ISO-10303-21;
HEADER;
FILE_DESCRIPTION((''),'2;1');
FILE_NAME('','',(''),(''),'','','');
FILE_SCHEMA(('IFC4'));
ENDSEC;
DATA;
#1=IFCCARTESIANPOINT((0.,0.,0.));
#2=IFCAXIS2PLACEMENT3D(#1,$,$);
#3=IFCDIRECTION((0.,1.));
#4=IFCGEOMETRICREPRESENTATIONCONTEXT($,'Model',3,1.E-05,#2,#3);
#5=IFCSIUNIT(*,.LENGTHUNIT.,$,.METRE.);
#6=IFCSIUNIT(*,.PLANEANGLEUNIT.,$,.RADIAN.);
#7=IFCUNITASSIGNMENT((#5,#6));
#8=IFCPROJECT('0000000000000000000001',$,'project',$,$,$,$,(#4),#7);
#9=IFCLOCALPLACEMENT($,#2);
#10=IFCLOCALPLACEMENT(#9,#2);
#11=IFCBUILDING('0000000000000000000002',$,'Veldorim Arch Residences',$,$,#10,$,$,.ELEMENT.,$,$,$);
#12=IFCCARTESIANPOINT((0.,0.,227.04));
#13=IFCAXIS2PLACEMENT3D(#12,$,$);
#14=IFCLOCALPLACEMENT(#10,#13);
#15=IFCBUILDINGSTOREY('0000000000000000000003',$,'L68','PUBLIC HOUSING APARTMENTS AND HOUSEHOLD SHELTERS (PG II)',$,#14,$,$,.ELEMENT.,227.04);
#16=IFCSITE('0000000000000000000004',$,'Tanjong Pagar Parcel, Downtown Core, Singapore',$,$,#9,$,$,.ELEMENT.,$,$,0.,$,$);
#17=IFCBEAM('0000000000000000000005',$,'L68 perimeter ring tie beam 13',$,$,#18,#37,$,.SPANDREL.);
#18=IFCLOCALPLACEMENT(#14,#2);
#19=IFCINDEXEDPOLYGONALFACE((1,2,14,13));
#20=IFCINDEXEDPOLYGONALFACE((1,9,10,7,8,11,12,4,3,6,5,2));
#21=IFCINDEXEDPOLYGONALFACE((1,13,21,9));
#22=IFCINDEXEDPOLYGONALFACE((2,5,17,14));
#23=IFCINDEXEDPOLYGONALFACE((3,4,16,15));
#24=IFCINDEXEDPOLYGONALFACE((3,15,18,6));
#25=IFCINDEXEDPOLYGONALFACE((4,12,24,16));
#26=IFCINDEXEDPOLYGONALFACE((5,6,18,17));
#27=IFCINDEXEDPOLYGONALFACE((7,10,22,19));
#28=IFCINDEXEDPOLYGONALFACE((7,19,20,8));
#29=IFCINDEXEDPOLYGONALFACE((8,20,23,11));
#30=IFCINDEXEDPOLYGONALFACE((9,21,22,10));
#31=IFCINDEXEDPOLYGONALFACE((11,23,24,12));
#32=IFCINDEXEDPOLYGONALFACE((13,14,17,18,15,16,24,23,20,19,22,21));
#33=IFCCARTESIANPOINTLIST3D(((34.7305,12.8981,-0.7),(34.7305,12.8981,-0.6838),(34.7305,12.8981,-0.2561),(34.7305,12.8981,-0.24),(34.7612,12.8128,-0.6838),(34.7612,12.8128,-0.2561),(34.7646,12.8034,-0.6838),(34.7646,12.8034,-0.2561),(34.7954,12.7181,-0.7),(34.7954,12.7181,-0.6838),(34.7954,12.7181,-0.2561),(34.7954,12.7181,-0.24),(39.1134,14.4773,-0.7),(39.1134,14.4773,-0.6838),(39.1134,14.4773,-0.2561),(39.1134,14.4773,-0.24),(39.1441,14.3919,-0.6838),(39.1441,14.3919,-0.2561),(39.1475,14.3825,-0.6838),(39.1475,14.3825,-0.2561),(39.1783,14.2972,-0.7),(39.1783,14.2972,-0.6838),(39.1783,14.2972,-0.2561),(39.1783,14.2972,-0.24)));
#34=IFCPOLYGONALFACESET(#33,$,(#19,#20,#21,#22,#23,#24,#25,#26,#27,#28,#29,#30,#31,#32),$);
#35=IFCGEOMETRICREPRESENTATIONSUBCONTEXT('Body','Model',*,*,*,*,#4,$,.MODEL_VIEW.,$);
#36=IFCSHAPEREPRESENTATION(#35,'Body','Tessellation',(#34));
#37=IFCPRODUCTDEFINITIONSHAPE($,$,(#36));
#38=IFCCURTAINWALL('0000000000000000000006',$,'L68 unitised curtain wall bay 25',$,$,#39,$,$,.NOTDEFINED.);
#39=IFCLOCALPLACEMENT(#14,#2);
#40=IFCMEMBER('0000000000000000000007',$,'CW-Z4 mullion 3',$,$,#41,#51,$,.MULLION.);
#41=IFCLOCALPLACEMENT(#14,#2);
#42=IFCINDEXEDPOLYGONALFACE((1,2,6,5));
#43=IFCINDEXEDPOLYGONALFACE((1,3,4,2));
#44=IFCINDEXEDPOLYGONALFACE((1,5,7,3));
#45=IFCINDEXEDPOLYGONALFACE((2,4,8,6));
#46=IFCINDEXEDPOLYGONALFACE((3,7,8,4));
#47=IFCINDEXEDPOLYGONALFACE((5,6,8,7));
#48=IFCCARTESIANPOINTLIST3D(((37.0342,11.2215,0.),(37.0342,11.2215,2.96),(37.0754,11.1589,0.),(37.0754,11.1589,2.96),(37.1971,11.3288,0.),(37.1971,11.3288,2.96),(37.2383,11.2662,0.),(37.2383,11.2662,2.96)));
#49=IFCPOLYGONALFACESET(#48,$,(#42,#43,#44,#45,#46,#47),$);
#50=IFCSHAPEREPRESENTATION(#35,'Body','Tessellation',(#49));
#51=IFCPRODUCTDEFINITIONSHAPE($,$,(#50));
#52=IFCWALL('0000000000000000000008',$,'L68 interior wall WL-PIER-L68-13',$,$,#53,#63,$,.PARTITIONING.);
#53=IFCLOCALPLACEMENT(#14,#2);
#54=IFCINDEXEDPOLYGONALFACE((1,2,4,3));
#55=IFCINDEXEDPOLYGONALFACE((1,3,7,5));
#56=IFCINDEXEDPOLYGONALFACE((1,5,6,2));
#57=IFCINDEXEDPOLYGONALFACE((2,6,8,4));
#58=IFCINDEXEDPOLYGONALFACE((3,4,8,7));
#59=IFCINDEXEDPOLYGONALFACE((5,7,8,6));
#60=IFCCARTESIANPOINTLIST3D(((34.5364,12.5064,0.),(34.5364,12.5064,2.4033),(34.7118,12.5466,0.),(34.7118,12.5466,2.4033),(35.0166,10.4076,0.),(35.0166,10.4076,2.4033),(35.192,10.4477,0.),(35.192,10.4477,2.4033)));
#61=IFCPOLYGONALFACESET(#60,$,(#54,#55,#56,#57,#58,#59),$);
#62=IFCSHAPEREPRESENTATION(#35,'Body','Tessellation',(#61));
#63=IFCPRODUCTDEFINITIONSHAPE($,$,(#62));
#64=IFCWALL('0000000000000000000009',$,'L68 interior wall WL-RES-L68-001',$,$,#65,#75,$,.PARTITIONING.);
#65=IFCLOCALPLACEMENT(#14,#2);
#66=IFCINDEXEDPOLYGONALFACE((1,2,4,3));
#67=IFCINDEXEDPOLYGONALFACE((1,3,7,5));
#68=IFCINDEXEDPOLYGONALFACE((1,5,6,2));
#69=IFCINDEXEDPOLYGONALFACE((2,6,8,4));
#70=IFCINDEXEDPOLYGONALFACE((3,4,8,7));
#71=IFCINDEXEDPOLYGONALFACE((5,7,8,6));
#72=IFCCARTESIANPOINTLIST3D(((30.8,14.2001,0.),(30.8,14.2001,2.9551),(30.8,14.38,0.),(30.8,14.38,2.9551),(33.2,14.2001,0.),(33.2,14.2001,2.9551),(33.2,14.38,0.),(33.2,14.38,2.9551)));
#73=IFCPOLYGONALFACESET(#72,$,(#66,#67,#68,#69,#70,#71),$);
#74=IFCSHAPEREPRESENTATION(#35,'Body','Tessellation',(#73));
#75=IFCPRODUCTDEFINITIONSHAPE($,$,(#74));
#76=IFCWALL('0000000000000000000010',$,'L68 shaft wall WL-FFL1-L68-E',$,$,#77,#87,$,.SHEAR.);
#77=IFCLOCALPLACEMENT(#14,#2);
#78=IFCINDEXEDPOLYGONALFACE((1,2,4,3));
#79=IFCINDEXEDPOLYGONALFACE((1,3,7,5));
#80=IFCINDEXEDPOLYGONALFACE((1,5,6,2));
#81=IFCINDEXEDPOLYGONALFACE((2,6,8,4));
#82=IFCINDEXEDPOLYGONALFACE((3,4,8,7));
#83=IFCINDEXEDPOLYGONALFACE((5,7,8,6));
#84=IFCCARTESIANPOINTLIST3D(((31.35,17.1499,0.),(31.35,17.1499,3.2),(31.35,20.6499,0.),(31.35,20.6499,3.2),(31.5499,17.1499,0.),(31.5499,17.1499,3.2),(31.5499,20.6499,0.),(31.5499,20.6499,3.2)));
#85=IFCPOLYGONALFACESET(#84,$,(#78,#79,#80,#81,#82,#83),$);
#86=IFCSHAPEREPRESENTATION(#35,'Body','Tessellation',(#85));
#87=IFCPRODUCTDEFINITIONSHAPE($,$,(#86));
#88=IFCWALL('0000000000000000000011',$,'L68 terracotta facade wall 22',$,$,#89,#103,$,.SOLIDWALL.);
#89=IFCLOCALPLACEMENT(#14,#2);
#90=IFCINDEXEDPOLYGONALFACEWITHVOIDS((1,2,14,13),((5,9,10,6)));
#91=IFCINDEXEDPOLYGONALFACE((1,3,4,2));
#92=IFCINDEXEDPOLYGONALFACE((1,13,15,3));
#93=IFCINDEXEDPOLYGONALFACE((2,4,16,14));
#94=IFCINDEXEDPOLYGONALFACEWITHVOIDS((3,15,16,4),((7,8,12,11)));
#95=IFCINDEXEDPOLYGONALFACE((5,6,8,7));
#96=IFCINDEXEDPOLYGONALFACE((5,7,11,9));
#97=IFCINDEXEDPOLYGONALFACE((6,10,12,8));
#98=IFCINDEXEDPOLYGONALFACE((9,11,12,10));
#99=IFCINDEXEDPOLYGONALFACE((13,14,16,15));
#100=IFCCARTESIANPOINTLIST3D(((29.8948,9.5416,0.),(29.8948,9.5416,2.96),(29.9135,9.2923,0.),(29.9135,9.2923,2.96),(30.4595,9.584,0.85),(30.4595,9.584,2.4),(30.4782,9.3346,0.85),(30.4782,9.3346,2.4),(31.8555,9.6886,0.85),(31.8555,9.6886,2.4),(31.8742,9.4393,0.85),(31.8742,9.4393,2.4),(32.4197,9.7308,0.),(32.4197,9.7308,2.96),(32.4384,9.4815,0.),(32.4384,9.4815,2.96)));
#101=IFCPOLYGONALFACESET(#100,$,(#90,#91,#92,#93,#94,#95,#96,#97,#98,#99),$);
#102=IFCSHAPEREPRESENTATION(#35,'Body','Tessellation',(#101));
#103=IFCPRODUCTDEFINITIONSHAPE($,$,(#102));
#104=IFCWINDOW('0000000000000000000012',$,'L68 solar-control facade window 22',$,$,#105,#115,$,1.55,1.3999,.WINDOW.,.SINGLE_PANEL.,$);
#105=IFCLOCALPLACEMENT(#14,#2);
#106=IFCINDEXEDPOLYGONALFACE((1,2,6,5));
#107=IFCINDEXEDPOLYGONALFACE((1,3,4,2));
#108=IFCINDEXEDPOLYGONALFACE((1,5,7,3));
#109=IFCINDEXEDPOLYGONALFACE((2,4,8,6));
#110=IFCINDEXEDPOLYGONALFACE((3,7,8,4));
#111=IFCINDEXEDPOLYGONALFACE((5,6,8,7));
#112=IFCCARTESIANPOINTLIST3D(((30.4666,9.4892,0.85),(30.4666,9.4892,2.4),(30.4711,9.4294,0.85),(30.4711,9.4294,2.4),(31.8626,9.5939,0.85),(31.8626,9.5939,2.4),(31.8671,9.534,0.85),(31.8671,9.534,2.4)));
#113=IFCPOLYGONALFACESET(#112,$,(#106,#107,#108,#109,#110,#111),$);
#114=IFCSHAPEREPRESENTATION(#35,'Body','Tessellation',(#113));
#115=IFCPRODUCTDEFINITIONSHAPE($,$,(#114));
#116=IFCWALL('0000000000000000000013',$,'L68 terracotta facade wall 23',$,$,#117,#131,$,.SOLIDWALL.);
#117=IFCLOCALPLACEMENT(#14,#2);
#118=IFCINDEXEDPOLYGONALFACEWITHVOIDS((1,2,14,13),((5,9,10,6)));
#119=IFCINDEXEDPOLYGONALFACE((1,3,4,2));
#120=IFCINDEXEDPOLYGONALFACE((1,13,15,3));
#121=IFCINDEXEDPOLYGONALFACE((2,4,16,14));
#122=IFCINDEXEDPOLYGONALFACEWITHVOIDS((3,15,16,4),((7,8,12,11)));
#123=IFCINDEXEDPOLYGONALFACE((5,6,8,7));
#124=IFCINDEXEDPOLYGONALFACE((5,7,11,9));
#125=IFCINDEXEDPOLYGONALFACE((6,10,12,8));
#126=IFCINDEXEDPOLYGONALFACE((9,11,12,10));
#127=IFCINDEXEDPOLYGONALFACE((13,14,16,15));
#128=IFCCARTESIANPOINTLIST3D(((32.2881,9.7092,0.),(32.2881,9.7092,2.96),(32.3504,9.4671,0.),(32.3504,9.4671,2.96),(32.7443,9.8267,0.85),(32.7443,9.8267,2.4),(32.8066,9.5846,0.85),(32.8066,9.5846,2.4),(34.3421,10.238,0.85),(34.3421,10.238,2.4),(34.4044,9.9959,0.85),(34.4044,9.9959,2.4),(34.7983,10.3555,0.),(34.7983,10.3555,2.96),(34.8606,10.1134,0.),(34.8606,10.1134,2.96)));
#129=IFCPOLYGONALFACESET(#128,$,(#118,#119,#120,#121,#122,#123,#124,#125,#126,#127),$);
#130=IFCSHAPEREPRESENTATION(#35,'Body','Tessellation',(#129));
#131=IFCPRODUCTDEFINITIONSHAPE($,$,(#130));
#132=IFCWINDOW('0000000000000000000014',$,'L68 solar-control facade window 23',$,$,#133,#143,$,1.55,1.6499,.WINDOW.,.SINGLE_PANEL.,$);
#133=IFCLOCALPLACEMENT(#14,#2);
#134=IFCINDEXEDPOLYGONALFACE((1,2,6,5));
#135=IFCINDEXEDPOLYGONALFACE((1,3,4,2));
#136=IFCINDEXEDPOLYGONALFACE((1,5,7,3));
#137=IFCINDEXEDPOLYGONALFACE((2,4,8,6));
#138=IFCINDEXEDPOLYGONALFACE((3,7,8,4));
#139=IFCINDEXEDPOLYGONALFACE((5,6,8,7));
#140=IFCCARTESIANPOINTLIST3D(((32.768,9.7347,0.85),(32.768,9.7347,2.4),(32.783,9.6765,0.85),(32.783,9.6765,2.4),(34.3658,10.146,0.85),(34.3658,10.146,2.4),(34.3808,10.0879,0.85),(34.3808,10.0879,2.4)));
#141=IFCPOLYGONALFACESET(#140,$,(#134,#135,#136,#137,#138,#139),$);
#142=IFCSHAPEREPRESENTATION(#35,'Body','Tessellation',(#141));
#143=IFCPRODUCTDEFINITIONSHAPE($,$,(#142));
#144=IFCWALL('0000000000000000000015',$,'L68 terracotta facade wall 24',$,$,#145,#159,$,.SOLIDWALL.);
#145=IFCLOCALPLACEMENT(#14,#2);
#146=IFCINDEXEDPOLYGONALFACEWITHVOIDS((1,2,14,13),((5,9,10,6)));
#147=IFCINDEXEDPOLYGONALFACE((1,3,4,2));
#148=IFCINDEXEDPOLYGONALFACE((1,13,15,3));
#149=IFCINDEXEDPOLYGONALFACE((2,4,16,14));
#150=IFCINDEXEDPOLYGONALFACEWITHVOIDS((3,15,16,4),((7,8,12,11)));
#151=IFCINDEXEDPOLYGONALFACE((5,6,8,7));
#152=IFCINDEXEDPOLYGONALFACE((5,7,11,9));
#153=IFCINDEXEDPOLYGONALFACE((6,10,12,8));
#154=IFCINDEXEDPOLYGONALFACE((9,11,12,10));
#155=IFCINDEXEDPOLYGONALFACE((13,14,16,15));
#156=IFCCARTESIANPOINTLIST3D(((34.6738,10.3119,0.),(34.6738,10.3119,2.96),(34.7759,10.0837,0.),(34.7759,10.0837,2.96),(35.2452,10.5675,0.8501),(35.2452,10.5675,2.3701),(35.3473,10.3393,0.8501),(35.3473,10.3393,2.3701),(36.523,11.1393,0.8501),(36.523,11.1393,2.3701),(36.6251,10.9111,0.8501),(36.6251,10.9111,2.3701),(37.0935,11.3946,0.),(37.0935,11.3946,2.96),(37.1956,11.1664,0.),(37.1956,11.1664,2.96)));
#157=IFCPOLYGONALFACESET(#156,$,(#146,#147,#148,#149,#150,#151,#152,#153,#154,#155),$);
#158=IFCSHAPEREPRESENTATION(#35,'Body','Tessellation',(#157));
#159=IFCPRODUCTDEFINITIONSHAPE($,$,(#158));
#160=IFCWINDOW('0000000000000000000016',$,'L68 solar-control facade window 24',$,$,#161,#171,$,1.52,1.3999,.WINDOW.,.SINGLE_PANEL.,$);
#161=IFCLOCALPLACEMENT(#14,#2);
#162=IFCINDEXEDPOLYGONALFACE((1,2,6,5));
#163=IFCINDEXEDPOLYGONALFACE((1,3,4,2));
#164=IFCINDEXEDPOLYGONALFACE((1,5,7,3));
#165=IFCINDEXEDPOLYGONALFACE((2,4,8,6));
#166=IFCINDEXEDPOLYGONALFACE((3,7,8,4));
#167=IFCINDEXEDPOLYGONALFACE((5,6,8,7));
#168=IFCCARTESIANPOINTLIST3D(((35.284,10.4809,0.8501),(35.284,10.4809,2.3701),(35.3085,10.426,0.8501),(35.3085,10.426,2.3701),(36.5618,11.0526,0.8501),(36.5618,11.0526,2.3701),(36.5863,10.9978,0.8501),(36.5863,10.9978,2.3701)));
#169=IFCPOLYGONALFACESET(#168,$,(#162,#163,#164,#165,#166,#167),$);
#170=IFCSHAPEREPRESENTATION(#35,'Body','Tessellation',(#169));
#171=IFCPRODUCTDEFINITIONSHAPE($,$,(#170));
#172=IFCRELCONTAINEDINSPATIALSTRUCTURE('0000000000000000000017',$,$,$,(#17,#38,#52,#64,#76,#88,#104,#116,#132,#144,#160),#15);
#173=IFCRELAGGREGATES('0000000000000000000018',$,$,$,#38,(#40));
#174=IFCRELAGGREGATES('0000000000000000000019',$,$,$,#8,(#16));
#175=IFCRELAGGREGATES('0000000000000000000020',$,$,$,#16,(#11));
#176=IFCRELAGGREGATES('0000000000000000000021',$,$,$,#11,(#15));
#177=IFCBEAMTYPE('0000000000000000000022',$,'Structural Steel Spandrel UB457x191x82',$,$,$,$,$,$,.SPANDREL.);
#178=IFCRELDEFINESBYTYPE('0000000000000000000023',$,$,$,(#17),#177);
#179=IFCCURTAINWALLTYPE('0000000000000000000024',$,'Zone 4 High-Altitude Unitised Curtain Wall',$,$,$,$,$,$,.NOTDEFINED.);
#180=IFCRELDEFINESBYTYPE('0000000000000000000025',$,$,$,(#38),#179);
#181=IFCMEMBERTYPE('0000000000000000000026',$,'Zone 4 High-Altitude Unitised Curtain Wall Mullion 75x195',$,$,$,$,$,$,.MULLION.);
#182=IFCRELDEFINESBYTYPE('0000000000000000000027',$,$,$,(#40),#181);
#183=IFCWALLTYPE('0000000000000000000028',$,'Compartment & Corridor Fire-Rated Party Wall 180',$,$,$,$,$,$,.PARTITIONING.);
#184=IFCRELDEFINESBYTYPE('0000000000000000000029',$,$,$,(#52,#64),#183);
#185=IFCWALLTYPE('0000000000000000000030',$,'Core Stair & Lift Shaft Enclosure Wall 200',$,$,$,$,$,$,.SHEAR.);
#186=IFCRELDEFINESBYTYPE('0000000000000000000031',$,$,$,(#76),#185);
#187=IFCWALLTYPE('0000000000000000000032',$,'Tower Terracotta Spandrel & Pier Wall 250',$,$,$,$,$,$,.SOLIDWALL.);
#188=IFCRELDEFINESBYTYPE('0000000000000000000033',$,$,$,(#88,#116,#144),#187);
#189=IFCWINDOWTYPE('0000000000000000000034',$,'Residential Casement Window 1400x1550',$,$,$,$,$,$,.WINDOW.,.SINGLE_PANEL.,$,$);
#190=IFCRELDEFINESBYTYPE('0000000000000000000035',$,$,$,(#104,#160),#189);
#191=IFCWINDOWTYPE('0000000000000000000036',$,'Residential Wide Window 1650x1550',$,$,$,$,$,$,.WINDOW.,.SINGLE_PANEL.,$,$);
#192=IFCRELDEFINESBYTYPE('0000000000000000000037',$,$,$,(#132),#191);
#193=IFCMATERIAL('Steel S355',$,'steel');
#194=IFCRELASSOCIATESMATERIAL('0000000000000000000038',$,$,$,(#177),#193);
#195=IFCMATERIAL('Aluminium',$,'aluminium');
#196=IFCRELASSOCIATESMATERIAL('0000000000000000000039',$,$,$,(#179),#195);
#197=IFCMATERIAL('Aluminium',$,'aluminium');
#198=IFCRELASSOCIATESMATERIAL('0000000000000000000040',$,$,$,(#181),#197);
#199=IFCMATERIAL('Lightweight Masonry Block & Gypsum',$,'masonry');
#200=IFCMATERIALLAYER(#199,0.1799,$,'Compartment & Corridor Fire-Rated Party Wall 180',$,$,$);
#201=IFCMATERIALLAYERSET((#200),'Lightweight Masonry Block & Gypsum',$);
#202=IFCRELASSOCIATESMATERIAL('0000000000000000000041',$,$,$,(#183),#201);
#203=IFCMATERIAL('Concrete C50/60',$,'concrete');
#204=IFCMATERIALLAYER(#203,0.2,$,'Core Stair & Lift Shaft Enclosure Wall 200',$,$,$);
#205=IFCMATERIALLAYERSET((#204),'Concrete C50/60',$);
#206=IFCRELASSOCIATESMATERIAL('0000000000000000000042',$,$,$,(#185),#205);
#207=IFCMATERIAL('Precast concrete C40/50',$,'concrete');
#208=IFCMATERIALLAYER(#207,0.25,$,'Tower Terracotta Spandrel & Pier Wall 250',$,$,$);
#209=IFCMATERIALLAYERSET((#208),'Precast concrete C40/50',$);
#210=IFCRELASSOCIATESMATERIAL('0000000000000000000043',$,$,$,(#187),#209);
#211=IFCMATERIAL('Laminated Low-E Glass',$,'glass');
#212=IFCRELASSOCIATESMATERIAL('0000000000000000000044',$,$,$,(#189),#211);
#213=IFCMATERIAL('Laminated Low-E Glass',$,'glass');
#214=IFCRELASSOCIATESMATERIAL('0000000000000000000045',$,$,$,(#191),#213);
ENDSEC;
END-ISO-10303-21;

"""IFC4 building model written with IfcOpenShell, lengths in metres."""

from ifc_helpers import new_model, si_unit, direction, frame, frame_2d, origin, origin_2d, place, context, subcontext, project, spatial, rectangle, i_section, extrude, material, layer, layer_set, material_profile, profile_set, type_object, element, fill, aggregate, save


model = new_model("IFC4")

# Units and contexts
model_context = context("Model", 3, precision=1e-05, world=origin(), true_north=direction((0.0, 1.0)))
body_context = subcontext(model_context, "Body", "Model", "MODEL_VIEW")
ifc_project = project(units=[si_unit("LENGTHUNIT", "METRE"), si_unit("PLANEANGLEUNIT", "RADIAN")], contexts=[model_context])

# Site, building, storey
site_placement = place(None, origin())
site = spatial("IfcSite", under=ifc_project, at=site_placement, Name="Tanjong Pagar Parcel, Downtown Core, Singapore", CompositionType="ELEMENT", RefElevation=0.0)
building_placement = place(site_placement, origin())
building = spatial("IfcBuilding", under=site, at=building_placement, Name="Veldorim Arch Residences", CompositionType="ELEMENT")
storey_placement = place(building_placement, frame((0.0, 0.0, 227.04)))
storey = spatial("IfcBuildingStorey", under=building, at=storey_placement, Name="L68", Description="PUBLIC HOUSING APARTMENTS AND HOUSEHOLD SHELTERS (PG II)", CompositionType="ELEMENT", Elevation=227.04)

# Beam
ifc_material_1 = material(Name="Steel S355", Category="steel")
ifc_material_profile_1 = material_profile(ifc_material_1, i_section(OverallWidth=0.1914, OverallDepth=0.46, WebThickness=0.01, FlangeThickness=0.0161, at=origin_2d()), Name="UB457x191x82")
ifc_profile_set_1 = profile_set([ifc_material_profile_1], Name="Steel S355")
beam_type_1 = type_object("IfcBeamType", Name="Structural Steel Spandrel UB457x191x82", PredefinedType="SPANDREL", material=ifc_profile_set_1)
beam_1_placement = place(storey_placement, frame((34.7629, 12.8081, -0.47), z_axis=(0.940799, 0.338964, 0.0), x_axis=(-0.338964, 0.940799, 0.0)))
element("IfcBeam", 1, at=beam_1_placement, inside=storey, type_object=beam_type_1, Name="L68 perimeter ring tie beam 13", PredefinedType="SPANDREL", context=body_context, shape_type="SweptSolid", body=[
    extrude(i_section(OverallWidth=0.1914, OverallDepth=0.46, WebThickness=0.01, FlangeThickness=0.0161, at=origin_2d()), origin(), (0.0, 0.0, 1.0), 4.6587),
])

# Curtain wall, member
ifc_material_2 = material(Name="Aluminium", Category="aluminium")
curtain_wall_type = type_object("IfcCurtainWallType", Name="Zone 4 High-Altitude Unitised Curtain Wall", PredefinedType="NOTDEFINED", material=ifc_material_2)
curtain_wall_placement = place(storey_placement, origin())
curtain_wall = element("IfcCurtainWall", 2, at=curtain_wall_placement, inside=storey, type_object=curtain_wall_type, Name="L68 unitised curtain wall bay 25", PredefinedType="NOTDEFINED")
ifc_material_3 = material(Name="Aluminium", Category="aluminium")
ifc_material_profile_2 = material_profile(ifc_material_3, rectangle(XDim=0.075, YDim=0.1951, at=origin_2d()), Name="ALU_MUL_75x195")
ifc_profile_set_2 = profile_set([ifc_material_profile_2], Name="Aluminium")
member_type = type_object("IfcMemberType", Name="Zone 4 High-Altitude Unitised Curtain Wall Mullion 75x195", PredefinedType="MULLION", material=ifc_profile_set_2)
member_placement = place(storey_placement, frame((37.1362, 11.2439, 0.0), z_axis=(0.0, 0.0, 1.0), x_axis=(0.550062, -0.835124, 0.0)))
member = element("IfcMember", 3, at=member_placement, type_object=member_type, Name="CW-Z4 mullion 3", PredefinedType="MULLION", context=body_context, shape_type="SweptSolid", body=[
    extrude(rectangle(XDim=0.075, YDim=0.1951, at=origin_2d()), origin(), (0.0, 0.0, 1.0), 2.96),
])
aggregate(curtain_wall, [member])

# Walls
ifc_material_4 = material(Name="Lightweight Masonry Block & Gypsum", Category="masonry")
ifc_layer_1 = layer(ifc_material_4, 0.1799, Name="Compartment & Corridor Fire-Rated Party Wall 180")
ifc_layer_set_1 = layer_set([ifc_layer_1], Name="Lightweight Masonry Block & Gypsum")
wall_type_1 = type_object("IfcWallType", Name="Compartment & Corridor Fire-Rated Party Wall 180", PredefinedType="PARTITIONING", material=ifc_layer_set_1)
wall_1_placement = place(storey_placement, frame((34.624, 12.5266, 0.0), z_axis=(0.0, 0.0, 1.0), x_axis=(0.223037, -0.97481, 0.0)))
element("IfcWall", 4, at=wall_1_placement, inside=storey, type_object=wall_type_1, Name="L68 interior wall WL-PIER-L68-13", PredefinedType="PARTITIONING", context=body_context, shape_type="SweptSolid", body=[
    extrude(rectangle(XDim=2.1531, YDim=0.1799, at=frame_2d((1.0767, 0.0))), origin(), (0.0, 0.0, 1.0), 2.4033),
])
wall_2_placement = place(storey_placement, frame((33.2, 14.29, 0.0), z_axis=(0.0, 0.0, 1.0), x_axis=(-1.0, 0.0, 0.0)))
element("IfcWall", 5, at=wall_2_placement, inside=storey, type_object=wall_type_1, Name="L68 interior wall WL-RES-L68-001", PredefinedType="PARTITIONING", context=body_context, shape_type="SweptSolid", body=[
    extrude(rectangle(XDim=2.3999, YDim=0.1799, at=frame_2d((1.2, 0.0))), origin(), (0.0, 0.0, 1.0), 2.9551),
])
ifc_material_5 = material(Name="Concrete C50/60", Category="concrete")
ifc_layer_2 = layer(ifc_material_5, 0.2, Name="Core Stair & Lift Shaft Enclosure Wall 200")
ifc_layer_set_2 = layer_set([ifc_layer_2], Name="Concrete C50/60")
wall_type_2 = type_object("IfcWallType", Name="Core Stair & Lift Shaft Enclosure Wall 200", PredefinedType="SHEAR", material=ifc_layer_set_2)
wall_3_placement = place(storey_placement, frame((31.45, 17.1499, 0.0), z_axis=(0.0, 0.0, 1.0), x_axis=(0.0, 1.0, 0.0)))
element("IfcWall", 6, at=wall_3_placement, inside=storey, type_object=wall_type_2, Name="L68 shaft wall WL-FFL1-L68-E", PredefinedType="SHEAR", context=body_context, shape_type="SweptSolid", body=[
    extrude(rectangle(XDim=3.5, YDim=0.2, at=frame_2d((1.75, 0.0))), origin(), (0.0, 0.0, 1.0), 3.2),
])

# Walls, openings, windows
ifc_material_6 = material(Name="Precast concrete C40/50", Category="concrete")
ifc_layer_3 = layer(ifc_material_6, 0.25, Name="Tower Terracotta Spandrel & Pier Wall 250")
ifc_layer_set_3 = layer_set([ifc_layer_3], Name="Precast concrete C40/50")
wall_type_3 = type_object("IfcWallType", Name="Tower Terracotta Spandrel & Pier Wall 250", PredefinedType="SOLIDWALL", material=ifc_layer_set_3)
wall_4_placement = place(storey_placement, frame((32.4292, 9.6062, 0.0), z_axis=(0.0, 0.0, 1.0), x_axis=(-0.997204, -0.074728, 0.0)))
wall_4 = element("IfcWall", 7, at=wall_4_placement, inside=storey, type_object=wall_type_3, Name="L68 terracotta facade wall 22", PredefinedType="SOLIDWALL", context=body_context, shape_type="SweptSolid", body=[
    extrude(rectangle(XDim=2.532, YDim=0.25, at=frame_2d((1.2661, 0.0))), origin(), (0.0, 0.0, 1.0), 2.96),
])
opening_1_placement = place(wall_4_placement, frame((0.5659, 0.0, 0.8501)))
opening_1 = element("IfcOpeningElement", 8, at=opening_1_placement, cuts=wall_4, PredefinedType="OPENING", context=body_context, shape_type="SweptSolid", body=[
    extrude(rectangle(XDim=1.3999, YDim=1.55, at=frame_2d((0.7, 0.7749))), frame((0.0, 0.135, 0.0), z_axis=(0.0, -1.0, 0.0), x_axis=(1.0, 0.0, 0.0)), (0.0, 0.0, 1.0), 0.27),
])
ifc_material_7 = material(Name="Laminated Low-E Glass", Category="glass")
window_type_1 = type_object("IfcWindowType", Name="Residential Casement Window 1400x1550", PartitioningType="SINGLE_PANEL", PredefinedType="WINDOW", material=ifc_material_7)
window_1_placement = place(opening_1_placement, origin())
window_1 = element("IfcWindow", 9, at=window_1_placement, inside=storey, type_object=window_type_1, Name="L68 solar-control facade window 22", OverallHeight=1.55, OverallWidth=1.3999, PartitioningType="SINGLE_PANEL", PredefinedType="WINDOW", context=body_context, shape_type="SweptSolid", body=[
    extrude(rectangle(XDim=1.3999, YDim=1.55, at=frame_2d((0.7, 0.7749))), frame((0.0, 0.03, 0.0), z_axis=(0.0, -1.0, 0.0), x_axis=(1.0, 0.0, 0.0)), (0.0, 0.0, 1.0), 0.0601),
])
fill(opening_1, window_1)
wall_5_placement = place(storey_placement, frame((34.8293, 10.2344, 0.0), z_axis=(0.0, 0.0, 1.0), x_axis=(-0.968423, -0.249311, 0.0)))
wall_5 = element("IfcWall", 10, at=wall_5_placement, inside=storey, type_object=wall_type_3, Name="L68 terracotta facade wall 23", PredefinedType="SOLIDWALL", context=body_context, shape_type="SweptSolid", body=[
    extrude(rectangle(XDim=2.592, YDim=0.25, at=frame_2d((1.2959, 0.0))), origin(), (0.0, 0.0, 1.0), 2.96),
])
opening_2_placement = place(wall_5_placement, frame((0.4709, 0.0, 0.8501)))
opening_2 = element("IfcOpeningElement", 11, at=opening_2_placement, cuts=wall_5, PredefinedType="OPENING", context=body_context, shape_type="SweptSolid", body=[
    extrude(rectangle(XDim=1.6499, YDim=1.55, at=frame_2d((0.825, 0.7749))), frame((0.0, 0.135, 0.0), z_axis=(0.0, -1.0, 0.0), x_axis=(1.0, 0.0, 0.0)), (0.0, 0.0, 1.0), 0.27),
])
ifc_material_8 = material(Name="Laminated Low-E Glass", Category="glass")
window_type_2 = type_object("IfcWindowType", Name="Residential Wide Window 1650x1550", PartitioningType="SINGLE_PANEL", PredefinedType="WINDOW", material=ifc_material_8)
window_2_placement = place(opening_2_placement, origin())
window_2 = element("IfcWindow", 12, at=window_2_placement, inside=storey, type_object=window_type_2, Name="L68 solar-control facade window 23", OverallHeight=1.55, OverallWidth=1.6499, PartitioningType="SINGLE_PANEL", PredefinedType="WINDOW", context=body_context, shape_type="SweptSolid", body=[
    extrude(rectangle(XDim=1.6499, YDim=1.55, at=frame_2d((0.825, 0.7749))), frame((0.0, 0.03, 0.0), z_axis=(0.0, -1.0, 0.0), x_axis=(1.0, 0.0, 0.0)), (0.0, 0.0, 1.0), 0.0601),
])
fill(opening_2, window_2)
wall_6_placement = place(storey_placement, frame((37.1445, 11.2805, 0.0), z_axis=(0.0, 0.0, 1.0), x_axis=(-0.912779, -0.408453, 0.0)))
wall_6 = element("IfcWall", 13, at=wall_6_placement, inside=storey, type_object=wall_type_3, Name="L68 terracotta facade wall 24", PredefinedType="SOLIDWALL", context=body_context, shape_type="SweptSolid", body=[
    extrude(rectangle(XDim=2.6509, YDim=0.25, at=frame_2d((1.3254, 0.0))), origin(), (0.0, 0.0, 1.0), 2.96),
])
opening_3_placement = place(wall_6_placement, frame((0.625, 0.0, 0.8501)))
opening_3 = element("IfcOpeningElement", 14, at=opening_3_placement, cuts=wall_6, PredefinedType="OPENING", context=body_context, shape_type="SweptSolid", body=[
    extrude(rectangle(XDim=1.3999, YDim=1.52, at=frame_2d((0.7, 0.76))), frame((0.0, 0.135, 0.0), z_axis=(0.0, -1.0, 0.0), x_axis=(1.0, 0.0, 0.0)), (0.0, 0.0, 1.0), 0.27),
])
window_3_placement = place(opening_3_placement, origin())
window_3 = element("IfcWindow", 15, at=window_3_placement, inside=storey, type_object=window_type_1, Name="L68 solar-control facade window 24", OverallHeight=1.52, OverallWidth=1.3999, PartitioningType="SINGLE_PANEL", PredefinedType="WINDOW", context=body_context, shape_type="SweptSolid", body=[
    extrude(rectangle(XDim=1.3999, YDim=1.52, at=frame_2d((0.7, 0.76))), frame((0.0, 0.03, 0.0), z_axis=(0.0, -1.0, 0.0), x_axis=(1.0, 0.0, 0.0)), (0.0, 0.0, 1.0), 0.0601),
])
fill(opening_3, window_3)

save(model, "model.ifc")
